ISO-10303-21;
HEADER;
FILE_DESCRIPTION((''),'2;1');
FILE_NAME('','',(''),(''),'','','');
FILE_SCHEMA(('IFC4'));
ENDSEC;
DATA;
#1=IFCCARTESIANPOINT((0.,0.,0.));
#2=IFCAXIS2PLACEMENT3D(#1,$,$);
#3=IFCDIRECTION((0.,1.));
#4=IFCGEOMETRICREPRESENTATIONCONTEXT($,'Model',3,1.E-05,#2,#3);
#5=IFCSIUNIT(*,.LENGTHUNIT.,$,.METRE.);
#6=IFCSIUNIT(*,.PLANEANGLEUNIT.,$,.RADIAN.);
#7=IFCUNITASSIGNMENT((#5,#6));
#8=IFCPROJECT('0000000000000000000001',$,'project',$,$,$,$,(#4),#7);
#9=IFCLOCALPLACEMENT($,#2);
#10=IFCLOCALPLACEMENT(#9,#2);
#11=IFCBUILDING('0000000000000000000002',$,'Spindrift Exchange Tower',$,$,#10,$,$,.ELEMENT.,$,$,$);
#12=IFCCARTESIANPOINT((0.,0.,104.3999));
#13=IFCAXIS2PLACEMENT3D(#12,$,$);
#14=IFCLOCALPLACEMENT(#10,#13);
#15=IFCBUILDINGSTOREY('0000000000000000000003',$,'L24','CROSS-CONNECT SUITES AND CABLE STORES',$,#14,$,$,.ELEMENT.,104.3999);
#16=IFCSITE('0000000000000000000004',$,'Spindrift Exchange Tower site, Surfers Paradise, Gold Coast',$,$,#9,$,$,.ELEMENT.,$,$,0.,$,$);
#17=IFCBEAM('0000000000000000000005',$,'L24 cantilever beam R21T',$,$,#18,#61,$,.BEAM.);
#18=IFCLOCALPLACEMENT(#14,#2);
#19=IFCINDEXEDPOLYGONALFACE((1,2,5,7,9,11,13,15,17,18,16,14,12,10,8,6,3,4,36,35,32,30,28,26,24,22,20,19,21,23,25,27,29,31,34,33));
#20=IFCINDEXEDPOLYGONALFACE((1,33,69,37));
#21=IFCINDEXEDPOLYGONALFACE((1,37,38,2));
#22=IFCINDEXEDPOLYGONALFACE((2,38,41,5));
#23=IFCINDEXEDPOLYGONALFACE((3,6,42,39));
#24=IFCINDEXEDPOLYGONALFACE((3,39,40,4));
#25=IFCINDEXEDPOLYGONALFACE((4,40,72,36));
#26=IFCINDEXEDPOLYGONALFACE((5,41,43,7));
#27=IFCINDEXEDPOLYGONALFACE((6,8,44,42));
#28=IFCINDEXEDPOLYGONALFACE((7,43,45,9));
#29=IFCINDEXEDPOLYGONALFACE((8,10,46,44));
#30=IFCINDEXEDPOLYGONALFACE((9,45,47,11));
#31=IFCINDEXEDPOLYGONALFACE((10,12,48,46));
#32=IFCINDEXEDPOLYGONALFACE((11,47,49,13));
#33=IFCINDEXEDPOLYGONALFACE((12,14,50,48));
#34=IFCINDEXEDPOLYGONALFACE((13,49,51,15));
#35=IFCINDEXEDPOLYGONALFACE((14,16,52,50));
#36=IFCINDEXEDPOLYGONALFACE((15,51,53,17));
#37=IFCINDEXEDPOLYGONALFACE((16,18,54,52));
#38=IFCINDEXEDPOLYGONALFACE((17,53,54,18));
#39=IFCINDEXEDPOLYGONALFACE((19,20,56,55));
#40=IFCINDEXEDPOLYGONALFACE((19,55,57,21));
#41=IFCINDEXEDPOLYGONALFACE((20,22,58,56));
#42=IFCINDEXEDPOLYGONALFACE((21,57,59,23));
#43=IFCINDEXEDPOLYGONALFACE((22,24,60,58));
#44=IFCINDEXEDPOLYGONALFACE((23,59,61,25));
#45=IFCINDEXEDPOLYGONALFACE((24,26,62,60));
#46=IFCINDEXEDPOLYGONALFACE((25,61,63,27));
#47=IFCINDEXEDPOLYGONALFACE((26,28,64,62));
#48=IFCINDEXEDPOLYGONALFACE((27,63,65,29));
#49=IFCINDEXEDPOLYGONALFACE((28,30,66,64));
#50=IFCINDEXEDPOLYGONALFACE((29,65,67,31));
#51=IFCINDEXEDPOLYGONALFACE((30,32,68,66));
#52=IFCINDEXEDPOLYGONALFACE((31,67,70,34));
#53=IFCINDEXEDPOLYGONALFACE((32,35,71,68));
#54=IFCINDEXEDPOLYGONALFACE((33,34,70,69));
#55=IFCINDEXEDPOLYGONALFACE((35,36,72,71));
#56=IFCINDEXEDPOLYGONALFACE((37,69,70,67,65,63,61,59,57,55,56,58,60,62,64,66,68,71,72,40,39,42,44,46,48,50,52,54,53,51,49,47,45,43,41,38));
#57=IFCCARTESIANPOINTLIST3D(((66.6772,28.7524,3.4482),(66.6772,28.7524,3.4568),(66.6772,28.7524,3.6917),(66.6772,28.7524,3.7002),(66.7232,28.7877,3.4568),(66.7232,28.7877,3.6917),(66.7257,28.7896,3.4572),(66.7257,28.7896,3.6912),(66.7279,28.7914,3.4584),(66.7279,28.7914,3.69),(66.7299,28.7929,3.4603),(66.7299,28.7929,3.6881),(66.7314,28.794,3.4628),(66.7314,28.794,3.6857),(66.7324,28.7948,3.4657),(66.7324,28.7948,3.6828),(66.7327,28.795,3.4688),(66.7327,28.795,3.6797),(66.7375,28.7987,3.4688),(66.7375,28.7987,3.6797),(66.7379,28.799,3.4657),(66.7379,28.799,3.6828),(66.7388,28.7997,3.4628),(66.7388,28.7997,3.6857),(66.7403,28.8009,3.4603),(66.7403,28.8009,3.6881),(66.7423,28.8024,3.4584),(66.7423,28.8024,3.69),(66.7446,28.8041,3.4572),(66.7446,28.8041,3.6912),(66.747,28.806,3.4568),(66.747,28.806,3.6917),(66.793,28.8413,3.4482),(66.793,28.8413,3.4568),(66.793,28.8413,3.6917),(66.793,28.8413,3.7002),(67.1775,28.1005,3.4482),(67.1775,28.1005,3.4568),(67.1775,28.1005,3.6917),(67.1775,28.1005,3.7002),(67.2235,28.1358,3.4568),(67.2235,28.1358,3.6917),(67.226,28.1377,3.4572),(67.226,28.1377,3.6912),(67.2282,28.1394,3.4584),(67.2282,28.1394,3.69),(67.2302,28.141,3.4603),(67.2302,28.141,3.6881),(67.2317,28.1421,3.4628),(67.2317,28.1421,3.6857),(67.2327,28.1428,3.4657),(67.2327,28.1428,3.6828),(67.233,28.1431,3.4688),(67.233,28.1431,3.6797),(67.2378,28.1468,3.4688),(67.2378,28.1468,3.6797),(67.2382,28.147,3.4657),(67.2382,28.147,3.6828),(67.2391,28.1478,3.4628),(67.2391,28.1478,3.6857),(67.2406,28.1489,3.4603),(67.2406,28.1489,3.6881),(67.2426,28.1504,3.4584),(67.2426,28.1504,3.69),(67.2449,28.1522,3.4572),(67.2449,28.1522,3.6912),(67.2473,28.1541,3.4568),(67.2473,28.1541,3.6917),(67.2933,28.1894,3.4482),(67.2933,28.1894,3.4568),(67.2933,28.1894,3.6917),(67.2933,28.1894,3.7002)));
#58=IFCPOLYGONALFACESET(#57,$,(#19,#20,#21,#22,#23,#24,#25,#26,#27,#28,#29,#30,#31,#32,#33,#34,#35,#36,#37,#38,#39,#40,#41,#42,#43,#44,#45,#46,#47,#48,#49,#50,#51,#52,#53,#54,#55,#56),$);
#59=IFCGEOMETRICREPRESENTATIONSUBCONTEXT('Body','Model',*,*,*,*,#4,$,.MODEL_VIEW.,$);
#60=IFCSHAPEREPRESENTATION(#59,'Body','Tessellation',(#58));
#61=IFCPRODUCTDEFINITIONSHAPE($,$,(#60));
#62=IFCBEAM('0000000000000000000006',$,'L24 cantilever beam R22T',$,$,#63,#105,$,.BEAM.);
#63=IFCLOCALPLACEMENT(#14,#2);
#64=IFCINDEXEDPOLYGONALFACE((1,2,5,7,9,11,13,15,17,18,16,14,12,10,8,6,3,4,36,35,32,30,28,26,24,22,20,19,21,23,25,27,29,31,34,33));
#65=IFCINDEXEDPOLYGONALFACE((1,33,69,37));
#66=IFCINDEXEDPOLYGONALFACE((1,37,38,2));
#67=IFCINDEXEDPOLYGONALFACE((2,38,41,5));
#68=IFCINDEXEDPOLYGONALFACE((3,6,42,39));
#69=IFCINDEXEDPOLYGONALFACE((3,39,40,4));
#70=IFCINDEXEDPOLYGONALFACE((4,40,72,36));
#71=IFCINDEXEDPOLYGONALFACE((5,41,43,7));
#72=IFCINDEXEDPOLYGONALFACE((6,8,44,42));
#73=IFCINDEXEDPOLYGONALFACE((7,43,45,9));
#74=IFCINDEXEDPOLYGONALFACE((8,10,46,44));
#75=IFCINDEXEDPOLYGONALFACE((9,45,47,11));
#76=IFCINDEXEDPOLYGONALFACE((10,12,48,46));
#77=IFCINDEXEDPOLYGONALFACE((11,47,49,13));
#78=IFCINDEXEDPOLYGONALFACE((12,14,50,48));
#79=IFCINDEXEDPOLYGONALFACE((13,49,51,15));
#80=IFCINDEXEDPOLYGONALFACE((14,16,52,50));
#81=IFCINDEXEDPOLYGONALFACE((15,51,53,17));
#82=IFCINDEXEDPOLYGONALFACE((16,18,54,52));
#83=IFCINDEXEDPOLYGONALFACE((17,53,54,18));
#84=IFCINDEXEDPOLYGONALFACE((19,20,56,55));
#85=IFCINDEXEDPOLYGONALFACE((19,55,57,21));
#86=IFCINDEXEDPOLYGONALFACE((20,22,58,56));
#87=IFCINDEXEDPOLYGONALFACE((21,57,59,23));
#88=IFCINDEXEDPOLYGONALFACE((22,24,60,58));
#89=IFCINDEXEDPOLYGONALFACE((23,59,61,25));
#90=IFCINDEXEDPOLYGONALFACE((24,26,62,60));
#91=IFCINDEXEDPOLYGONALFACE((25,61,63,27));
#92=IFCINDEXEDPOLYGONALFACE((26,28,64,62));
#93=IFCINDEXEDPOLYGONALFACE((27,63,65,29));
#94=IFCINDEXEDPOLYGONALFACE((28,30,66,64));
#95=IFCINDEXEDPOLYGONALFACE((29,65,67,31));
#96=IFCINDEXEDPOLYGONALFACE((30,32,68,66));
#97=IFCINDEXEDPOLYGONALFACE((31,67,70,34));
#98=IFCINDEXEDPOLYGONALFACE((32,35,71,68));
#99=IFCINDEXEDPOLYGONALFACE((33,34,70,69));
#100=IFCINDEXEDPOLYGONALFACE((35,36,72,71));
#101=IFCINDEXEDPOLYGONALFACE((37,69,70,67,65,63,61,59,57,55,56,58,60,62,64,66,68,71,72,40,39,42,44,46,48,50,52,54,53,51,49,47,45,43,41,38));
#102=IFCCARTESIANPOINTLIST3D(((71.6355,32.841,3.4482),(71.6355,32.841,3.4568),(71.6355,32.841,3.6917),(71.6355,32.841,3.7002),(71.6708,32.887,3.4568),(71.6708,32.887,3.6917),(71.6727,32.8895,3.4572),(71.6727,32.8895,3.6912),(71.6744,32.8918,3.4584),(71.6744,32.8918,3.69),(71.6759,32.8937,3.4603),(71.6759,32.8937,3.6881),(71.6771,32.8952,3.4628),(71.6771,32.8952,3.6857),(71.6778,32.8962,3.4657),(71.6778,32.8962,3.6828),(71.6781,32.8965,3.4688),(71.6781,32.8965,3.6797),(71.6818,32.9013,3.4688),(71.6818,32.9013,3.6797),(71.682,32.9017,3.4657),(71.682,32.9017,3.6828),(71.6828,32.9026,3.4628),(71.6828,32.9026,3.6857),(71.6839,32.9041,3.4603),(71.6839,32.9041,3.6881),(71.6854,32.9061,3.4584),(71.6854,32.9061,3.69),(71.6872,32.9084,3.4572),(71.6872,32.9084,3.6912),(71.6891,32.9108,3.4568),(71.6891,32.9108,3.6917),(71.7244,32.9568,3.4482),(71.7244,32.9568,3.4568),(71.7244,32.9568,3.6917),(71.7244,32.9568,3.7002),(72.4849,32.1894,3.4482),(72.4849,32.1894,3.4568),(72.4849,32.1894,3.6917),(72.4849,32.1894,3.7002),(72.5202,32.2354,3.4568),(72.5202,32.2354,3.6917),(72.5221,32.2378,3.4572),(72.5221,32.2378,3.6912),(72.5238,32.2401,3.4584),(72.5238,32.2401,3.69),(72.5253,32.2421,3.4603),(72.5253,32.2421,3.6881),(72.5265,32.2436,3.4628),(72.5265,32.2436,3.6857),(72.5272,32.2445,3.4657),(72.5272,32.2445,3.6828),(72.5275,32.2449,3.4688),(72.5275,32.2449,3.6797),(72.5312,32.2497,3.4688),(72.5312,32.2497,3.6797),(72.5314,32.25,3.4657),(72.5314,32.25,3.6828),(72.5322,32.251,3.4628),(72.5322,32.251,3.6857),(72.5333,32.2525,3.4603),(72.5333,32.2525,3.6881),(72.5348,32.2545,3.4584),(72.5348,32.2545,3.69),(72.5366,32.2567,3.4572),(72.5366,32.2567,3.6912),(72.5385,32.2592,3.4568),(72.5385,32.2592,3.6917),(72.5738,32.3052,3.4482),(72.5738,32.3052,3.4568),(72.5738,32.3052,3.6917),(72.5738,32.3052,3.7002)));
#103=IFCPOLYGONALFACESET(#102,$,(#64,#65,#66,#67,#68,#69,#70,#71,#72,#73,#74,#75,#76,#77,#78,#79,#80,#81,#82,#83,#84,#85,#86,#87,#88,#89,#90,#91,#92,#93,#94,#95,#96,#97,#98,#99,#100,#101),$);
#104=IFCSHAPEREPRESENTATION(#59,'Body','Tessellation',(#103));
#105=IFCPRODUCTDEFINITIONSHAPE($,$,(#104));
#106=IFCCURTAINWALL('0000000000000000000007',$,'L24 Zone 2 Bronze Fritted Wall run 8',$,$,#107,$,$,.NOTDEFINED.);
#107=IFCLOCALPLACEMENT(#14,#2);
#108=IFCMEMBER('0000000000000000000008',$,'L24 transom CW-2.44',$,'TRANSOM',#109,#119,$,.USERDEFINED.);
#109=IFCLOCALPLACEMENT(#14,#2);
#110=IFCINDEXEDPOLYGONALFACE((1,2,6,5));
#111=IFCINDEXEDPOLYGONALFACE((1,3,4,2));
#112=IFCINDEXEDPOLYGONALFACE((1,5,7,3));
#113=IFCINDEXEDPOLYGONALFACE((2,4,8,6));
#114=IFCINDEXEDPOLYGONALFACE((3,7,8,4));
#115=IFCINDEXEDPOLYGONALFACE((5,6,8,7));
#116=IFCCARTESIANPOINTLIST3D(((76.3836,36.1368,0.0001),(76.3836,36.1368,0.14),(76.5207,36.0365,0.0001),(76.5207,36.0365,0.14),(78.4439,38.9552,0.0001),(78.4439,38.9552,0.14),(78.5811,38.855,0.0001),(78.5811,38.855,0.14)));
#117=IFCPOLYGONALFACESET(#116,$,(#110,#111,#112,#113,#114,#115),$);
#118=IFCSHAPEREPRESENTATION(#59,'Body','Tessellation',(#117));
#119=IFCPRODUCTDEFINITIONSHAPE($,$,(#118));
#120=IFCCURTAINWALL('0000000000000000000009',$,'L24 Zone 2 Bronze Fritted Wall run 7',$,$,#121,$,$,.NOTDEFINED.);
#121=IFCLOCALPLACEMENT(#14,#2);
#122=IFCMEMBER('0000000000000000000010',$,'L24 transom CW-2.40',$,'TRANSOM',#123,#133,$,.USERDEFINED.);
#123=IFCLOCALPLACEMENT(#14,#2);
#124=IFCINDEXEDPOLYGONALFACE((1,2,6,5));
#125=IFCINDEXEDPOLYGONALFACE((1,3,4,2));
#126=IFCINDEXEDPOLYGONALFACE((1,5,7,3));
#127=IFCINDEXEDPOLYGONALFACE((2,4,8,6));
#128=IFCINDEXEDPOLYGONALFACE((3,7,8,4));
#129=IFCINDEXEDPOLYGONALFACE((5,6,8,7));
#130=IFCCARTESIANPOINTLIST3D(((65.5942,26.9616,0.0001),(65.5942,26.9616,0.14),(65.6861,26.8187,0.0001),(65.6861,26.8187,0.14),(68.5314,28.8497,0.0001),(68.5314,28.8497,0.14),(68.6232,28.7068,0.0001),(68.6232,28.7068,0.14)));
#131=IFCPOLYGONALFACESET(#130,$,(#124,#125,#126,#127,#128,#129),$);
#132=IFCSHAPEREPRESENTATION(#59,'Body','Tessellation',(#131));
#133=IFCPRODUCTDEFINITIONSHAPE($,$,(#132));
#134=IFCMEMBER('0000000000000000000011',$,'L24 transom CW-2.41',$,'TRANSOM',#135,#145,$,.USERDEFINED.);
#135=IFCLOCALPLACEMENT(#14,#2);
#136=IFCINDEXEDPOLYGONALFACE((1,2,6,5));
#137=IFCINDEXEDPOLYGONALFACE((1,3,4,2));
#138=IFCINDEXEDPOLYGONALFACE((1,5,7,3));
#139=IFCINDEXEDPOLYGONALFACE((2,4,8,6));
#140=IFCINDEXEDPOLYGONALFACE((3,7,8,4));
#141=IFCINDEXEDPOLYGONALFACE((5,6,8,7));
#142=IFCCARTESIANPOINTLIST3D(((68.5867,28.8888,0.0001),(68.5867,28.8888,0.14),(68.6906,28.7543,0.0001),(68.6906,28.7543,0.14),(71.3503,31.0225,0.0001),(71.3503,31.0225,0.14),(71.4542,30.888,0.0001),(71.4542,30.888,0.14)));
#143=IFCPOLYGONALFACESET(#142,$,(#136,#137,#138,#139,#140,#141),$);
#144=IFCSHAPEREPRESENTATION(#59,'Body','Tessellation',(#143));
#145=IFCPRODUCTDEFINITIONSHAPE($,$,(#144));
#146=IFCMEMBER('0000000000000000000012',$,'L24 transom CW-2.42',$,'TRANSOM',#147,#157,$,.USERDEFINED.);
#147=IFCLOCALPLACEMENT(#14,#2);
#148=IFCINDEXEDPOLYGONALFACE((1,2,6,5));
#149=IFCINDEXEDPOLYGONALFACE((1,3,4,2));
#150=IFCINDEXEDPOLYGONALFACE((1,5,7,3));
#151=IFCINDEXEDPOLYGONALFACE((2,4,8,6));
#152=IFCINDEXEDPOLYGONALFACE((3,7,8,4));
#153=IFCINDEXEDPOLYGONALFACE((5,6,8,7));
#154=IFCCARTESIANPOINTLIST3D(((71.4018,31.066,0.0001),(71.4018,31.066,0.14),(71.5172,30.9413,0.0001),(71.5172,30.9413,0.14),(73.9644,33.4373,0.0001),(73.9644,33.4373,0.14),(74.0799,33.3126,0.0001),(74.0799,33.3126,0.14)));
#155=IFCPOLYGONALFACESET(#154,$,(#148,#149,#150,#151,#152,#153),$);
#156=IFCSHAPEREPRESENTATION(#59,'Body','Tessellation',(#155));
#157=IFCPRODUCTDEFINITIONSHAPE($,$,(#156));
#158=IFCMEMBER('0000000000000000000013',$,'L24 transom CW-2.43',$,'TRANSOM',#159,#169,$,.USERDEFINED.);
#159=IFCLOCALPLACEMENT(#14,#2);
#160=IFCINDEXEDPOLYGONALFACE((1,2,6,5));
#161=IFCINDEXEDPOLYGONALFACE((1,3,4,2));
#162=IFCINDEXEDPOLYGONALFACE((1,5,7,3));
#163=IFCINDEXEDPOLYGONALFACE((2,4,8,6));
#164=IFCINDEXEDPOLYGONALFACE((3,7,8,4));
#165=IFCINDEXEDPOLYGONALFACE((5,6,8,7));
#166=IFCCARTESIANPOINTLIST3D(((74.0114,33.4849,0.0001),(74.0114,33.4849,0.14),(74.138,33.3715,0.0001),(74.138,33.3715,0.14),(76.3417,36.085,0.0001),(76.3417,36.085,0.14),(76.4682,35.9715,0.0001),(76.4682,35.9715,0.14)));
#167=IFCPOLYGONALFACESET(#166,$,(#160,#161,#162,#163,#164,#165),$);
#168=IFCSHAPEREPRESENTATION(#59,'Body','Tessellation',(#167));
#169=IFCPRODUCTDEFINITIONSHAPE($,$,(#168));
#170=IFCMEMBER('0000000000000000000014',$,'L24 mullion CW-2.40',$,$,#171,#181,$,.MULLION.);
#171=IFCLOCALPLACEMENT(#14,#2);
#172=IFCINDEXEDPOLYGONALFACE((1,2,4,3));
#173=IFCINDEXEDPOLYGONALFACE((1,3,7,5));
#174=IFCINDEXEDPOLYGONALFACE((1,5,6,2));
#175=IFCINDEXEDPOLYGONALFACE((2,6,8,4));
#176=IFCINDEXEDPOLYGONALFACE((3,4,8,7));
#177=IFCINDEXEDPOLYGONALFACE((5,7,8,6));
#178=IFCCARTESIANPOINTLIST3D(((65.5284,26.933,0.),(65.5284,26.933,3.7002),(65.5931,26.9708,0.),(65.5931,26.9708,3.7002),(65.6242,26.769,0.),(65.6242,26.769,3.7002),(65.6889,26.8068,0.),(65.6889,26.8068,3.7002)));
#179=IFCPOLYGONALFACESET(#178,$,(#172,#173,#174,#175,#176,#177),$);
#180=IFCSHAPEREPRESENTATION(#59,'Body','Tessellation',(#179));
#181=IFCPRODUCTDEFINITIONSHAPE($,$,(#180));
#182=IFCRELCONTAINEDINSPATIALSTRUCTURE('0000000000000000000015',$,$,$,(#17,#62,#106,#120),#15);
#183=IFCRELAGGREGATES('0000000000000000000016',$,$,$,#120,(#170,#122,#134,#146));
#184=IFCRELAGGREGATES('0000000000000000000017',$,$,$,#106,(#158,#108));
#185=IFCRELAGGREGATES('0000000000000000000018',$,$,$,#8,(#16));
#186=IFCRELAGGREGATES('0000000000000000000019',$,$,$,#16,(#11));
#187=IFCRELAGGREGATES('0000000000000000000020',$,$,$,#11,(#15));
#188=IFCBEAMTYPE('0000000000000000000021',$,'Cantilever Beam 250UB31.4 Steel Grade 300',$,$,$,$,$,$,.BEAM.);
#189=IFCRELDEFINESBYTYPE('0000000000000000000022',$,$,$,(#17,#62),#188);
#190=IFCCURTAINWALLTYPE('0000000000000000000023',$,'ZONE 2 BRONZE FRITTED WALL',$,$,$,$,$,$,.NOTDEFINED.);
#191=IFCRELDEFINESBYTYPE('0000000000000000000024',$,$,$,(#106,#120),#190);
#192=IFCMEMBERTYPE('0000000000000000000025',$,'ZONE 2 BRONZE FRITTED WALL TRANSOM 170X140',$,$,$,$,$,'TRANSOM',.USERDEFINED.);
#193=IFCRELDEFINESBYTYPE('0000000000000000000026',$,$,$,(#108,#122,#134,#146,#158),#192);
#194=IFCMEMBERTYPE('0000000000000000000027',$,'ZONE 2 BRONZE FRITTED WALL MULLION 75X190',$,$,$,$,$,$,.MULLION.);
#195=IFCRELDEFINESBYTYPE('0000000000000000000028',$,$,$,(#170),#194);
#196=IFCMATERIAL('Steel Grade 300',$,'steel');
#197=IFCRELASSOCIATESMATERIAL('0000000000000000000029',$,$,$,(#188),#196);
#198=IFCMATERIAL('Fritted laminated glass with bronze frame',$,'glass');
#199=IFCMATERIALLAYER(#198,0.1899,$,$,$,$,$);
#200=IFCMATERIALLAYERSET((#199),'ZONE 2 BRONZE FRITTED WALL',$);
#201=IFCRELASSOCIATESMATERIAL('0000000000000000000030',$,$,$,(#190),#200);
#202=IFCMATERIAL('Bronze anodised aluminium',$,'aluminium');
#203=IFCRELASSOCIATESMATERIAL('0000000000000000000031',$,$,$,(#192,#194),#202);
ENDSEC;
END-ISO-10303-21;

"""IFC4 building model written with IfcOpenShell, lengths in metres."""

from ifc_helpers import new_model, si_unit, direction, frame, origin, origin_2d, place, context, subcontext, project, spatial, rectangle, i_section, extrude, source, transform, mapped, material, layer, layer_set, material_profile, profile_set, type_object, element, aggregate, save


model = new_model("IFC4")

# Units and contexts
model_context = context("Model", 3, precision=1e-05, world=origin(), true_north=direction((0.0, 1.0)))
body_context = subcontext(model_context, "Body", "Model", "MODEL_VIEW")
ifc_project = project(units=[si_unit("LENGTHUNIT", "METRE"), si_unit("PLANEANGLEUNIT", "RADIAN")], contexts=[model_context])

# Site, building, storey
site_placement = place(None, origin())
site = spatial("IfcSite", under=ifc_project, at=site_placement, Name="Spindrift Exchange Tower site, Surfers Paradise, Gold Coast", CompositionType="ELEMENT", RefElevation=0.0)
building_placement = place(site_placement, origin())
building = spatial("IfcBuilding", under=site, at=building_placement, Name="Spindrift Exchange Tower", CompositionType="ELEMENT")
storey_placement = place(building_placement, frame((0.0, 0.0, 104.3999)))
storey = spatial("IfcBuildingStorey", under=building, at=storey_placement, Name="L24", Description="CROSS-CONNECT SUITES AND CABLE STORES", CompositionType="ELEMENT", Elevation=104.3999)

# Beams
ifc_material_1 = material(Name="Steel Grade 300", Category="steel")
ifc_material_profile_1 = material_profile(ifc_material_1, i_section(OverallWidth=0.146, OverallDepth=0.252, WebThickness=0.0061, FlangeThickness=0.0085, FilletRadius=0.012, at=origin_2d()), Name="250UB31.4")
ifc_profile_set_1 = profile_set([ifc_material_profile_1], Name="Steel Grade 300")
beam_type_1 = type_object("IfcBeamType", Name="Cantilever Beam 250UB31.4 Steel Grade 300", PredefinedType="BEAM", material=ifc_profile_set_1)
shared_shape_1 = source(origin(), body_context, "Body", "SweptSolid", [
    extrude(i_section(OverallWidth=0.146, OverallDepth=0.252, WebThickness=0.0061, FlangeThickness=0.0085, FilletRadius=0.012, at=origin_2d()), origin(), (0.0, 0.0, 1.0), 0.8218),
])
beam_1_placement = place(storey_placement, frame((66.7351, 28.7969, 3.5742), z_axis=(0.608806, -0.793319, 0.0), x_axis=(0.793319, 0.608806, 0.0)))
element("IfcBeam", 1, at=beam_1_placement, inside=storey, type_object=beam_type_1, Name="L24 cantilever beam R21T", PredefinedType="BEAM", context=body_context, shape_type="MappedRepresentation", body=[
    mapped(shared_shape_1, transform((0.0, 0.0, 0.0), scale=1.0)),
])
shared_shape_2 = source(origin(), body_context, "Body", "SweptSolid", [
    extrude(i_section(OverallWidth=0.146, OverallDepth=0.252, WebThickness=0.0061, FlangeThickness=0.0085, FilletRadius=0.012, at=origin_2d()), origin(), (0.0, 0.0, 1.0), 1.0706),
])
beam_2_placement = place(storey_placement, frame((71.6799, 32.8989, 3.5742), z_axis=(0.793412, -0.608685, 0.0), x_axis=(0.608685, 0.793412, 0.0)))
element("IfcBeam", 2, at=beam_2_placement, inside=storey, type_object=beam_type_1, Name="L24 cantilever beam R22T", PredefinedType="BEAM", context=body_context, shape_type="MappedRepresentation", body=[
    mapped(shared_shape_2, transform((0.0, 0.0, 0.0), scale=1.0)),
])

# Curtain wall, member
ifc_material_2 = material(Name="Fritted laminated glass with bronze frame", Category="glass")
ifc_layer_1 = layer(ifc_material_2, 0.1899)
ifc_layer_set_1 = layer_set([ifc_layer_1], Name="ZONE 2 BRONZE FRITTED WALL")
curtain_wall_type = type_object("IfcCurtainWallType", Name="ZONE 2 BRONZE FRITTED WALL", PredefinedType="NOTDEFINED", material=ifc_layer_set_1)
curtain_wall_1_placement = place(storey_placement, origin())
curtain_wall_1 = element("IfcCurtainWall", 3, at=curtain_wall_1_placement, inside=storey, type_object=curtain_wall_type, Name="L24 Zone 2 Bronze Fritted Wall run 8", PredefinedType="NOTDEFINED")
ifc_material_3 = material(Name="Bronze anodised aluminium", Category="aluminium")
ifc_material_profile_2 = material_profile(ifc_material_3, rectangle(XDim=0.1699, YDim=0.1399, at=origin_2d()), Name="ZONE 2 BRONZE FRITTED WALL TRANSOM 170X140")
ifc_profile_set_2 = profile_set([ifc_material_profile_2], Name="Bronze anodised aluminium")
member_type_1 = type_object("IfcMemberType", Name="ZONE 2 BRONZE FRITTED WALL TRANSOM 170X140", ElementType="TRANSOM", PredefinedType="USERDEFINED", material=ifc_profile_set_2)
shared_shape_3 = source(origin(), body_context, "Body", "SweptSolid", [
    extrude(rectangle(XDim=0.1699, YDim=0.1399, at=origin_2d()), origin(), (0.0, 0.0, 1.0), 3.4912),
])
member_1_placement = place(storey_placement, frame((76.4521, 36.0867, 0.0701), z_axis=(0.590153, 0.807291, 0.0), x_axis=(-0.807291, 0.590153, 0.0)))
member_1 = element("IfcMember", 4, at=member_1_placement, type_object=member_type_1, Name="L24 transom CW-2.44", ObjectType="TRANSOM", PredefinedType="USERDEFINED", context=body_context, shape_type="MappedRepresentation", body=[
    mapped(shared_shape_3, transform((0.0, 0.0, 0.0), scale=1.0)),
])

# Curtain wall, members
curtain_wall_2_placement = place(storey_placement, origin())
curtain_wall_2 = element("IfcCurtainWall", 5, at=curtain_wall_2_placement, inside=storey, type_object=curtain_wall_type, Name="L24 Zone 2 Bronze Fritted Wall run 7", PredefinedType="NOTDEFINED")
shared_shape_4 = source(origin(), body_context, "Body", "SweptSolid", [
    extrude(rectangle(XDim=0.1699, YDim=0.1399, at=origin_2d()), origin(), (0.0, 0.0, 1.0), 3.4917),
])
member_2_placement = place(storey_placement, frame((65.6401, 26.8901, 0.0701), z_axis=(0.841185, 0.540747, 0.0), x_axis=(-0.540747, 0.841185, 0.0)))
member_2 = element("IfcMember", 6, at=member_2_placement, type_object=member_type_1, Name="L24 transom CW-2.40", ObjectType="TRANSOM", PredefinedType="USERDEFINED", context=body_context, shape_type="MappedRepresentation", body=[
    mapped(shared_shape_4, transform((0.0, 0.0, 0.0), scale=1.0)),
])
shared_shape_5 = source(origin(), body_context, "Body", "SweptSolid", [
    extrude(rectangle(XDim=0.1699, YDim=0.1399, at=origin_2d()), origin(), (0.0, 0.0, 1.0), 3.4915),
])
member_3_placement = place(storey_placement, frame((68.6387, 28.8215, 0.0701), z_axis=(0.791531, 0.611129, 0.0), x_axis=(-0.611129, 0.791531, 0.0)))
member_3 = element("IfcMember", 7, at=member_3_placement, type_object=member_type_1, Name="L24 transom CW-2.41", ObjectType="TRANSOM", PredefinedType="USERDEFINED", context=body_context, shape_type="MappedRepresentation", body=[
    mapped(shared_shape_5, transform((0.0, 0.0, 0.0), scale=1.0)),
])
member_4_placement = place(storey_placement, frame((71.4595, 31.0037, 0.0701), z_axis=(0.733985, 0.679165, 0.0), x_axis=(-0.679165, 0.733985, 0.0)))
member_4 = element("IfcMember", 8, at=member_4_placement, type_object=member_type_1, Name="L24 transom CW-2.42", ObjectType="TRANSOM", PredefinedType="USERDEFINED", context=body_context, shape_type="MappedRepresentation", body=[
    mapped(shared_shape_5, transform((0.0, 0.0, 0.0), scale=1.0)),
])

# Members
member_5_placement = place(storey_placement, frame((74.0747, 33.4282, 0.0701), z_axis=(0.667418, 0.744683, 0.0), x_axis=(-0.744683, 0.667418, 0.0)))
member_5 = element("IfcMember", 9, at=member_5_placement, type_object=member_type_1, Name="L24 transom CW-2.43", ObjectType="TRANSOM", PredefinedType="USERDEFINED", context=body_context, shape_type="MappedRepresentation", body=[
    mapped(shared_shape_5, transform((0.0, 0.0, 0.0), scale=1.0)),
])
ifc_material_profile_3 = material_profile(ifc_material_3, rectangle(XDim=0.075, YDim=0.1899, at=origin_2d()), Name="ZONE 2 BRONZE FRITTED WALL MULLION 75X190")
ifc_profile_set_3 = profile_set([ifc_material_profile_3], Name="Bronze anodised aluminium")
member_type_2 = type_object("IfcMemberType", Name="ZONE 2 BRONZE FRITTED WALL MULLION 75X190", PredefinedType="MULLION", material=ifc_profile_set_3)
shared_shape_6 = source(origin(), body_context, "Body", "SweptSolid", [
    extrude(rectangle(XDim=0.075, YDim=0.1899, at=origin_2d()), origin(), (0.0, 0.0, 1.0), 3.7002),
])
member_6_placement = place(storey_placement, frame((65.6086, 26.8699, 0.0), z_axis=(0.0, 0.0, 1.0), x_axis=(0.863326, 0.504646, 0.0)))
member_6 = element("IfcMember", 10, at=member_6_placement, type_object=member_type_2, Name="L24 mullion CW-2.40", PredefinedType="MULLION", context=body_context, shape_type="MappedRepresentation", body=[
    mapped(shared_shape_6, transform((0.0, 0.0, 0.0), scale=1.0)),
])

aggregate(curtain_wall_2, [member_6, member_2, member_3, member_4])
aggregate(curtain_wall_1, [member_5, member_1])

save(model, "model.ifc")
